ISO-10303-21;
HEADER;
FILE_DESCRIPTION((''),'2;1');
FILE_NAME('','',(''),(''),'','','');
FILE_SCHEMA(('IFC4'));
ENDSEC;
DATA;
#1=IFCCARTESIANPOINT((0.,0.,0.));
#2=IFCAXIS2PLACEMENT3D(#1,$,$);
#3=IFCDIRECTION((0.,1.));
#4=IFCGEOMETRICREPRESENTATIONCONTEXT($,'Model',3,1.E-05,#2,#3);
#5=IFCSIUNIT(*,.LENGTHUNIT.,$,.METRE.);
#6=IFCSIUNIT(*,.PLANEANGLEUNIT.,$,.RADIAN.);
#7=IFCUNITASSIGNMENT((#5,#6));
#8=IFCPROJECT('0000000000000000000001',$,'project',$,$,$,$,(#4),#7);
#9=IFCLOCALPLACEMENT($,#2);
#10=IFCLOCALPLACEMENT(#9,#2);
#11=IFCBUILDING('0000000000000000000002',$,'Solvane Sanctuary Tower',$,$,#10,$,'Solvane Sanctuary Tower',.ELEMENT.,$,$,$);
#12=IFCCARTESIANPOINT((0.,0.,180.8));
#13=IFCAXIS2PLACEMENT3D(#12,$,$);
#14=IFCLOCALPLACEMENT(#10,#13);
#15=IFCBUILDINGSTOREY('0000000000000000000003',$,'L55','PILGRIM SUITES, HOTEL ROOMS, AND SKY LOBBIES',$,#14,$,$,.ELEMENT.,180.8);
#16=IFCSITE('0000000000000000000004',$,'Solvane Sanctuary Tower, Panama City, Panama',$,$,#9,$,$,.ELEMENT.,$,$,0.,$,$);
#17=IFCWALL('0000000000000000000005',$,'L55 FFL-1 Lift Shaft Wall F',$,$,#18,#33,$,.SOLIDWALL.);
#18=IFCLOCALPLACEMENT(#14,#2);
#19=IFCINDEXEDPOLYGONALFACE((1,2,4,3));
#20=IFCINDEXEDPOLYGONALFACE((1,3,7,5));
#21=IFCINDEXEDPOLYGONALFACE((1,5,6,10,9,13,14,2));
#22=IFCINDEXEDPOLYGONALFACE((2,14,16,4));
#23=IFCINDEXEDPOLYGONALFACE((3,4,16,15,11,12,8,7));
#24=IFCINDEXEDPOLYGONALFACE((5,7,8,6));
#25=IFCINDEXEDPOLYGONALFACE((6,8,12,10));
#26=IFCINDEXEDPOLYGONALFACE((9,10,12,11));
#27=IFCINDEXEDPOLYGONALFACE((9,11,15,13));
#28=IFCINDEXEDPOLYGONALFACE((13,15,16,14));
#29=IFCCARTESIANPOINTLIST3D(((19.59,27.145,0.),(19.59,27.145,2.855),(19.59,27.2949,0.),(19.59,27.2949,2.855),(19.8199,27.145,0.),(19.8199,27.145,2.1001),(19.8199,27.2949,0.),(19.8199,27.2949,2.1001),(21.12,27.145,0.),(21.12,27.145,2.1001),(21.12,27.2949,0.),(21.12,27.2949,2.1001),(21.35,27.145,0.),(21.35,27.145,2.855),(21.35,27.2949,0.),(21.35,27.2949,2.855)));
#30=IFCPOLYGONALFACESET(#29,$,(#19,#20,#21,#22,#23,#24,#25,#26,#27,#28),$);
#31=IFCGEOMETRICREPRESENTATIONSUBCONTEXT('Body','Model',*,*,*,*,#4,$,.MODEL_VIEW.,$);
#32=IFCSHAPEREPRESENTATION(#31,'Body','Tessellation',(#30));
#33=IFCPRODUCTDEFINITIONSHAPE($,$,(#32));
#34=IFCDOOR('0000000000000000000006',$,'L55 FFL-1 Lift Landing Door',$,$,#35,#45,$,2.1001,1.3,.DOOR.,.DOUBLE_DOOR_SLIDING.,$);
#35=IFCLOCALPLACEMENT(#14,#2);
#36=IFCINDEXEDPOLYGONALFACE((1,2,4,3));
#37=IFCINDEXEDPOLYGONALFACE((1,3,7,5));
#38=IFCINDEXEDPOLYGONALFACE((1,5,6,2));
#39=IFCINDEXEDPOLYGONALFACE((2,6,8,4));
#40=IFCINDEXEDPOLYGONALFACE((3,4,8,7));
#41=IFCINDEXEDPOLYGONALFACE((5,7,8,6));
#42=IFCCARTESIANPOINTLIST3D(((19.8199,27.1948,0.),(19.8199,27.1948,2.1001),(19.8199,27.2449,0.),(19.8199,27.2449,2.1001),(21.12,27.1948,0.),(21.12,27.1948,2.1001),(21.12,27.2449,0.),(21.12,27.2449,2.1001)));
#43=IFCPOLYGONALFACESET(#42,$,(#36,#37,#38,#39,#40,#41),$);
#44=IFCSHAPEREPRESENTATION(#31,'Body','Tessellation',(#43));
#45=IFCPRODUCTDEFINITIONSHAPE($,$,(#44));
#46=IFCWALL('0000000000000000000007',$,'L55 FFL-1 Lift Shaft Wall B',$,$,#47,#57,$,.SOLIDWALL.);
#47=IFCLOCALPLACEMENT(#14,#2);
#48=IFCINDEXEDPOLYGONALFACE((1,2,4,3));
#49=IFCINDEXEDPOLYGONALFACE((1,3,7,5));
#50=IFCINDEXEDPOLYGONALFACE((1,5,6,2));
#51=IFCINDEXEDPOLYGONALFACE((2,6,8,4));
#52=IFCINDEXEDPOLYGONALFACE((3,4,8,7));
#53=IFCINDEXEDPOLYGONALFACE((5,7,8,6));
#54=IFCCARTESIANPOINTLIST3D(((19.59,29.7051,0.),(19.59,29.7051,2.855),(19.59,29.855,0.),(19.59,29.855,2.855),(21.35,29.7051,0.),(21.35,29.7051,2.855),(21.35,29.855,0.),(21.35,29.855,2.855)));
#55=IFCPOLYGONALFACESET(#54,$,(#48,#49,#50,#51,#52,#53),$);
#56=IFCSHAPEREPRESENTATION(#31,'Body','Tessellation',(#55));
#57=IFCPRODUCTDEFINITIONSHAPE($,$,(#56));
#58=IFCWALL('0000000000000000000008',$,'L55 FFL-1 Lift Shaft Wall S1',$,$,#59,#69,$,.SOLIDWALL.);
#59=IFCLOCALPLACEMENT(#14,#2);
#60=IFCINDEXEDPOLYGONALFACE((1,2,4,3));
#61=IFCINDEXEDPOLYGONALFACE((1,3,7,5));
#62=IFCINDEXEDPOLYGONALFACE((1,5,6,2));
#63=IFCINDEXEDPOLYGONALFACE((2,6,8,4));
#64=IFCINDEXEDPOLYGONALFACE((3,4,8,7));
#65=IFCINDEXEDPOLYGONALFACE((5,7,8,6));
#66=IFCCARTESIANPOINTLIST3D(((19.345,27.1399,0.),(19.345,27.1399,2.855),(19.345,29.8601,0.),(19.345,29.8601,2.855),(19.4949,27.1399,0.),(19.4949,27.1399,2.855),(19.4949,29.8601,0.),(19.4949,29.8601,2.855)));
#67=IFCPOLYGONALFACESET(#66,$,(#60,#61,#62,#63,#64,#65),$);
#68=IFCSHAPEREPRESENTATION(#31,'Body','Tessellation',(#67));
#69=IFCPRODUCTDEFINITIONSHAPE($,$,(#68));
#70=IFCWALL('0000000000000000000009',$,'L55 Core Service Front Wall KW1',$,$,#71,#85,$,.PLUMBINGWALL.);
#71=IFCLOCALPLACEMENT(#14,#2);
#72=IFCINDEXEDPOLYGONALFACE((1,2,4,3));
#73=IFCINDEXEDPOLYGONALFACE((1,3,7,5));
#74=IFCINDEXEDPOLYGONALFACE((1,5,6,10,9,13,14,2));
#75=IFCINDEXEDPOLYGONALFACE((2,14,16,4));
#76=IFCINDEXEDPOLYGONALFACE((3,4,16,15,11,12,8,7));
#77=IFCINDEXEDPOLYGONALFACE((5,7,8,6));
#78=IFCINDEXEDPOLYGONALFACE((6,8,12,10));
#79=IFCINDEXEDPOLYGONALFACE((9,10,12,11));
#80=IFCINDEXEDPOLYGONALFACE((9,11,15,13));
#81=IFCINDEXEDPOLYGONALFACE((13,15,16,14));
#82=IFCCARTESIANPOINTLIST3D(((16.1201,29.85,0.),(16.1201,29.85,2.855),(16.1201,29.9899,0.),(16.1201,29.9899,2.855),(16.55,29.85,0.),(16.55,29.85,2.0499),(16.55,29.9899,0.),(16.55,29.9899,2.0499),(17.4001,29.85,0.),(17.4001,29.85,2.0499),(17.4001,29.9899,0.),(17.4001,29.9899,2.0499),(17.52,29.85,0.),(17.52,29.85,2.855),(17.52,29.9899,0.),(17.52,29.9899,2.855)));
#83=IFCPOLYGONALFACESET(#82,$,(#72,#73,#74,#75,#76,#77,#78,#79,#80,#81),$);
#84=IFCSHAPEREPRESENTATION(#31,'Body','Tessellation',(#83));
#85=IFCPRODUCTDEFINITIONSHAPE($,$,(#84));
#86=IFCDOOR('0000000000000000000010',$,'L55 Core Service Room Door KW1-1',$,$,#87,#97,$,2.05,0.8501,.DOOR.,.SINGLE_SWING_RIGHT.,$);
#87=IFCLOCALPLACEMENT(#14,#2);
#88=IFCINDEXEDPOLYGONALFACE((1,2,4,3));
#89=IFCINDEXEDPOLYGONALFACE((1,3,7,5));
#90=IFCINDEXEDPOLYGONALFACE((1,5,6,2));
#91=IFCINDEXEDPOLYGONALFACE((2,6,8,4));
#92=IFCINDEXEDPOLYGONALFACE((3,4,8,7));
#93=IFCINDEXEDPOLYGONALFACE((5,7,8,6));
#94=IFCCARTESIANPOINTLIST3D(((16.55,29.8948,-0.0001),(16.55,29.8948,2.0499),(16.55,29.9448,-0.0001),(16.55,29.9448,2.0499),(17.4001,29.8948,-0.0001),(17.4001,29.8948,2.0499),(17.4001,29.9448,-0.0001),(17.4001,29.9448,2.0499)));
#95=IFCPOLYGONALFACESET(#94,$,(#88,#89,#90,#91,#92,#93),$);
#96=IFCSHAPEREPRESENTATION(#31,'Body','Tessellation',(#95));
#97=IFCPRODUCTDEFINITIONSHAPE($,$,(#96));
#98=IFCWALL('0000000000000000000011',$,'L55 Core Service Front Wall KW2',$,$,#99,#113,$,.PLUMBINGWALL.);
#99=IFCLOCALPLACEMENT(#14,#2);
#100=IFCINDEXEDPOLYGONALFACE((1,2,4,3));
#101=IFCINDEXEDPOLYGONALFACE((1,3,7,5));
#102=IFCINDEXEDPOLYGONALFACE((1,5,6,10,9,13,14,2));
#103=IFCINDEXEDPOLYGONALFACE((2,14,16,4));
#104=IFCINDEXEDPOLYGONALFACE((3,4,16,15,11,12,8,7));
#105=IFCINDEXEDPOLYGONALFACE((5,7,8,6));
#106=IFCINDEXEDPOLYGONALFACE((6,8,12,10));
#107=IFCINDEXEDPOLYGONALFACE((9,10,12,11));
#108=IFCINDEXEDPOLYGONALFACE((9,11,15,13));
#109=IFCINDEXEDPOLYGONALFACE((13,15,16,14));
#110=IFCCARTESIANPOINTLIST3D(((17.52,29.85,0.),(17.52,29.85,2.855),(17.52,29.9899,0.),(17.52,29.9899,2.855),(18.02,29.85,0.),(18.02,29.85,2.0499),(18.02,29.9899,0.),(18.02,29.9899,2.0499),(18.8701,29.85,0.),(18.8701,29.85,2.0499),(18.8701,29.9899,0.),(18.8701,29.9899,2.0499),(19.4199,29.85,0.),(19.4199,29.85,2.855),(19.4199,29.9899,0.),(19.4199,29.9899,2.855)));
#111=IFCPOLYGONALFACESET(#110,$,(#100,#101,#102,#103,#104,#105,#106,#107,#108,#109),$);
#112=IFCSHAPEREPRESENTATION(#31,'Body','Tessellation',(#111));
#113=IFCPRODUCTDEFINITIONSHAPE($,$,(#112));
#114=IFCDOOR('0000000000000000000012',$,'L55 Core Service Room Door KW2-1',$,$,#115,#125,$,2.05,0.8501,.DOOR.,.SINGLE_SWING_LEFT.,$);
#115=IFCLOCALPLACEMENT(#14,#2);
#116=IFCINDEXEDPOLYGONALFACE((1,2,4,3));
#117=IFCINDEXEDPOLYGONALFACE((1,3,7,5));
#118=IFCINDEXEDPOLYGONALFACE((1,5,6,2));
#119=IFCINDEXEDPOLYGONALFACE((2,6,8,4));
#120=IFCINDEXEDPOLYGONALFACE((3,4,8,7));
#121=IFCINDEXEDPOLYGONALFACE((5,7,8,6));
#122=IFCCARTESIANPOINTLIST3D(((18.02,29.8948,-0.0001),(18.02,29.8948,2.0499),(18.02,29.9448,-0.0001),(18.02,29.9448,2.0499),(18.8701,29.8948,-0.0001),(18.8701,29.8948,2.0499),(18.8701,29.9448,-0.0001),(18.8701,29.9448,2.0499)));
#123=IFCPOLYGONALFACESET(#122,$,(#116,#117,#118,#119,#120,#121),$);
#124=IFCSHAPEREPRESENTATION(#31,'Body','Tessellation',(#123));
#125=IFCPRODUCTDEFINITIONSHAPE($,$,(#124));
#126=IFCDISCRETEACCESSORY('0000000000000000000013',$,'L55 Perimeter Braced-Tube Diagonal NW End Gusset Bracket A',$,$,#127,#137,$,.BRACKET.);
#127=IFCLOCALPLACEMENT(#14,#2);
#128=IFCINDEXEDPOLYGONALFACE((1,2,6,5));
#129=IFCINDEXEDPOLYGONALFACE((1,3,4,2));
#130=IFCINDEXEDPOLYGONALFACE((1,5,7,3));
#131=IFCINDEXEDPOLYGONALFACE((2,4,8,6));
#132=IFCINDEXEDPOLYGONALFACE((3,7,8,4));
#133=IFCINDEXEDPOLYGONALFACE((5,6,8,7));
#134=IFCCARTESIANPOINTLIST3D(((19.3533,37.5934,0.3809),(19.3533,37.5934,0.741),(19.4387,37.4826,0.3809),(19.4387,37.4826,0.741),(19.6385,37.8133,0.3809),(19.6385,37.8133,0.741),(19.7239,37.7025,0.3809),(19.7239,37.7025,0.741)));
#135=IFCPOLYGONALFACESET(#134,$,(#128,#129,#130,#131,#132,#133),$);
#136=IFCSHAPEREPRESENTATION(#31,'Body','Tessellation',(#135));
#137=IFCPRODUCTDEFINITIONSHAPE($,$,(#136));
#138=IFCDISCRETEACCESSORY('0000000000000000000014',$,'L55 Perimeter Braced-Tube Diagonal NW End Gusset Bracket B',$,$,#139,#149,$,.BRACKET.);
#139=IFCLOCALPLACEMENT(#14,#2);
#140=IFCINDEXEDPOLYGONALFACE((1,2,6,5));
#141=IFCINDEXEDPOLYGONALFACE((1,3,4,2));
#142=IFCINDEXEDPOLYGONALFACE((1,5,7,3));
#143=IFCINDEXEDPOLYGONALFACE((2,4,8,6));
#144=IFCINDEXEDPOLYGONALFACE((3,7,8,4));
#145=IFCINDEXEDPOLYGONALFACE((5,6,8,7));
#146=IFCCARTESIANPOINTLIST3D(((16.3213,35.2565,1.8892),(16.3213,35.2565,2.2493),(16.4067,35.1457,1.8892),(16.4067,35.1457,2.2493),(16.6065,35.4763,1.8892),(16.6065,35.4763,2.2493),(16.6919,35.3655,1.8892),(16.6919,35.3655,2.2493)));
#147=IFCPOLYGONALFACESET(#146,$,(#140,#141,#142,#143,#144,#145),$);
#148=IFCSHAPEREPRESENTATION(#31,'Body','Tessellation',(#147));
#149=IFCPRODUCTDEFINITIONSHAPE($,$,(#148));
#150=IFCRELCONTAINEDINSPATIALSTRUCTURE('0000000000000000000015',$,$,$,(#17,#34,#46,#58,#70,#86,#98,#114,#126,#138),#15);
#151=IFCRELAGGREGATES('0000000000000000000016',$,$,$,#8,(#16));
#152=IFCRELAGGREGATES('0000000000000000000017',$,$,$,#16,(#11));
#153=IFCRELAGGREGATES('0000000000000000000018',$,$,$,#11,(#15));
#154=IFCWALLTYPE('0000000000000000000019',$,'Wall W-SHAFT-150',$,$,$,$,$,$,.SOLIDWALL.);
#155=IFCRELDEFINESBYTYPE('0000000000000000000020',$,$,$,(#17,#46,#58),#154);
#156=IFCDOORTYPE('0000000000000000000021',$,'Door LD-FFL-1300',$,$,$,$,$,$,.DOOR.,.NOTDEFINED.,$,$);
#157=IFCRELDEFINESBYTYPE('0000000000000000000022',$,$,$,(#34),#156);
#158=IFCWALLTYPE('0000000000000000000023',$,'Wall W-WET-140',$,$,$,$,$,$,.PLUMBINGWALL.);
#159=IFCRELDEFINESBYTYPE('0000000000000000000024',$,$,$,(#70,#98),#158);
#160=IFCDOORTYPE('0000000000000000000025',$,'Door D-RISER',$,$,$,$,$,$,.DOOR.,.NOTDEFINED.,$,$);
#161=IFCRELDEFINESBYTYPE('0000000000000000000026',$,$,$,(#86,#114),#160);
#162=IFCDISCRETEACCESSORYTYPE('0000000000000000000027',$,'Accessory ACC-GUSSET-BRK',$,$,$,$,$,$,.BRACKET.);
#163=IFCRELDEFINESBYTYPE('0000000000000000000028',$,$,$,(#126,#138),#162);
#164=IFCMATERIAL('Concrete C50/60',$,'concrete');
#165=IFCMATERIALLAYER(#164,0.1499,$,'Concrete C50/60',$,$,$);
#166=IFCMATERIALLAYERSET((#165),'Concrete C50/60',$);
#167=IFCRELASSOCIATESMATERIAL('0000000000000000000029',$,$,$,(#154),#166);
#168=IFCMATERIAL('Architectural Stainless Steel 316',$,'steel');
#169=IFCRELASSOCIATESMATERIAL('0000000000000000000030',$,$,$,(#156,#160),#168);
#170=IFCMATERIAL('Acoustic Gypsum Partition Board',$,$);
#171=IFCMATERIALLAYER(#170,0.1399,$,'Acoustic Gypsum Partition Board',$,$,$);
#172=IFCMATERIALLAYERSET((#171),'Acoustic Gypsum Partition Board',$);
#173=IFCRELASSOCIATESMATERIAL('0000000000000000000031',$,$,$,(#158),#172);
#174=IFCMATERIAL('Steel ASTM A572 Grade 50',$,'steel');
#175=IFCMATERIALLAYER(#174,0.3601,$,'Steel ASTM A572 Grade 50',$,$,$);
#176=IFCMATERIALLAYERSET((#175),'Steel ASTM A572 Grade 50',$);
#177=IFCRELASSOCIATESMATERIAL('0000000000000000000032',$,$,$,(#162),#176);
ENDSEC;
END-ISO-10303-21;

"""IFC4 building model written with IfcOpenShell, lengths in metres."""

from ifc_helpers import new_model, si_unit, direction, frame, frame_2d, origin, origin_2d, place, context, subcontext, project, spatial, rectangle, extrude, material, layer, layer_set, type_object, element, fill, save


model = new_model("IFC4")

# Units and contexts
model_context = context("Model", 3, precision=1e-05, world=origin(), true_north=direction((0.0, 1.0)))
body_context = subcontext(model_context, "Body", "Model", "MODEL_VIEW")
ifc_project = project(units=[si_unit("LENGTHUNIT", "METRE"), si_unit("PLANEANGLEUNIT", "RADIAN")], contexts=[model_context])

# Site, building, storey
site_placement = place(None, origin())
site = spatial("IfcSite", under=ifc_project, at=site_placement, Name="Solvane Sanctuary Tower, Panama City, Panama", CompositionType="ELEMENT", RefElevation=0.0)
building_placement = place(site_placement, origin())
building = spatial("IfcBuilding", under=site, at=building_placement, Name="Solvane Sanctuary Tower", LongName="Solvane Sanctuary Tower", CompositionType="ELEMENT")
storey_placement = place(building_placement, frame((0.0, 0.0, 180.8)))
storey = spatial("IfcBuildingStorey", under=building, at=storey_placement, Name="L55", Description="PILGRIM SUITES, HOTEL ROOMS, AND SKY LOBBIES", CompositionType="ELEMENT", Elevation=180.8)

# Shared definitions
ifc_material_1 = material(Name="Acoustic Gypsum Partition Board")

# Wall, opening, door
ifc_material_2 = material(Name="Concrete C50/60", Category="concrete")
ifc_layer_1 = layer(ifc_material_2, 0.1499, Name="Concrete C50/60")
ifc_layer_set_1 = layer_set([ifc_layer_1], Name="Concrete C50/60")
wall_type_1 = type_object("IfcWallType", Name="Wall W-SHAFT-150", PredefinedType="SOLIDWALL", material=ifc_layer_set_1)
wall_1_placement = place(storey_placement, frame((19.5901, 27.22, 0.0), z_axis=(0.0, 0.0, 1.0), x_axis=(1.0, 0.0, 0.0)))
wall_1 = element("IfcWall", 1, at=wall_1_placement, inside=storey, type_object=wall_type_1, Name="L55 FFL-1 Lift Shaft Wall F", PredefinedType="SOLIDWALL", context=body_context, shape_type="SweptSolid", body=[
    extrude(rectangle(XDim=1.76, YDim=0.1499, at=frame_2d((0.8799, 0.0))), origin(), (0.0, 0.0, 1.0), 2.855),
])
opening_1_placement = place(wall_1_placement, frame((0.23, 0.0, 0.0)))
opening_1 = element("IfcOpeningElement", 2, at=opening_1_placement, cuts=wall_1, PredefinedType="OPENING", context=body_context, shape_type="SweptSolid", body=[
    extrude(rectangle(XDim=1.3, YDim=2.1001, at=frame_2d((0.6499, 1.05))), frame((0.0, 0.085, 0.0), z_axis=(0.0, -1.0, 0.0), x_axis=(1.0, 0.0, 0.0)), (0.0, 0.0, 1.0), 0.1699),
])
ifc_material_3 = material(Name="Architectural Stainless Steel 316", Category="steel")
door_type_1 = type_object("IfcDoorType", Name="Door LD-FFL-1300", OperationType="NOTDEFINED", PredefinedType="DOOR", material=ifc_material_3)
door_1_placement = place(opening_1_placement, origin())
door_1 = element("IfcDoor", 3, at=door_1_placement, inside=storey, type_object=door_type_1, Name="L55 FFL-1 Lift Landing Door", OperationType="DOUBLE_DOOR_SLIDING", OverallHeight=2.1001, OverallWidth=1.3, PredefinedType="DOOR", context=body_context, shape_type="SweptSolid", body=[
    extrude(rectangle(XDim=1.3, YDim=2.1001, at=frame_2d((0.6499, 1.05))), frame((0.0, 0.0249, 0.0), z_axis=(0.0, -1.0, 0.0), x_axis=(1.0, 0.0, 0.0)), (0.0, 0.0, 1.0), 0.05),
])
fill(opening_1, door_1)

# Walls
wall_2_placement = place(storey_placement, frame((19.5901, 29.78, 0.0), z_axis=(0.0, 0.0, 1.0), x_axis=(1.0, 0.0, 0.0)))
element("IfcWall", 4, at=wall_2_placement, inside=storey, type_object=wall_type_1, Name="L55 FFL-1 Lift Shaft Wall B", PredefinedType="SOLIDWALL", context=body_context, shape_type="SweptSolid", body=[
    extrude(rectangle(XDim=1.76, YDim=0.1499, at=frame_2d((0.8799, 0.0))), origin(), (0.0, 0.0, 1.0), 2.855),
])
wall_3_placement = place(storey_placement, frame((19.4199, 27.1399, 0.0), z_axis=(0.0, 0.0, 1.0), x_axis=(0.0, 1.0, 0.0)))
element("IfcWall", 5, at=wall_3_placement, inside=storey, type_object=wall_type_1, Name="L55 FFL-1 Lift Shaft Wall S1", PredefinedType="SOLIDWALL", context=body_context, shape_type="SweptSolid", body=[
    extrude(rectangle(XDim=2.7202, YDim=0.1499, at=frame_2d((1.3601, 0.0))), origin(), (0.0, 0.0, 1.0), 2.855),
])

# Walls, openings, doors
ifc_layer_2 = layer(ifc_material_1, 0.1399, Name="Acoustic Gypsum Partition Board")
ifc_layer_set_2 = layer_set([ifc_layer_2], Name="Acoustic Gypsum Partition Board")
wall_type_2 = type_object("IfcWallType", Name="Wall W-WET-140", PredefinedType="PLUMBINGWALL", material=ifc_layer_set_2)
wall_4_placement = place(storey_placement, frame((16.1201, 29.9199, 0.0), z_axis=(0.0, 0.0, 1.0), x_axis=(1.0, 0.0, 0.0)))
wall_4 = element("IfcWall", 6, at=wall_4_placement, inside=storey, type_object=wall_type_2, Name="L55 Core Service Front Wall KW1", PredefinedType="PLUMBINGWALL", context=body_context, shape_type="SweptSolid", body=[
    extrude(rectangle(XDim=1.3999, YDim=0.1399, at=frame_2d((0.7, 0.0))), origin(), (0.0, 0.0, 1.0), 2.855),
])
opening_2_placement = place(wall_4_placement, frame((0.4299, 0.0, 0.0)))
opening_2 = element("IfcOpeningElement", 7, at=opening_2_placement, cuts=wall_4, PredefinedType="OPENING", context=body_context, shape_type="SweptSolid", body=[
    extrude(rectangle(XDim=0.8501, YDim=2.05, at=frame_2d((0.425, 1.0249))), frame((0.0, 0.0798, 0.0), z_axis=(0.0, -1.0, 0.0), x_axis=(1.0, 0.0, 0.0)), (0.0, 0.0, 1.0), 0.1599),
])
door_type_2 = type_object("IfcDoorType", Name="Door D-RISER", OperationType="NOTDEFINED", PredefinedType="DOOR", material=ifc_material_3)
door_2_placement = place(opening_2_placement, origin())
door_2 = element("IfcDoor", 8, at=door_2_placement, inside=storey, type_object=door_type_2, Name="L55 Core Service Room Door KW1-1", OperationType="SINGLE_SWING_RIGHT", OverallHeight=2.05, OverallWidth=0.8501, PredefinedType="DOOR", context=body_context, shape_type="SweptSolid", body=[
    extrude(rectangle(XDim=0.8501, YDim=2.05, at=frame_2d((0.425, 1.0249))), frame((0.0, 0.0249, 0.0), z_axis=(0.0, -1.0, 0.0), x_axis=(1.0, 0.0, 0.0)), (0.0, 0.0, 1.0), 0.05),
])
fill(opening_2, door_2)
wall_5_placement = place(storey_placement, frame((17.52, 29.9199, 0.0), z_axis=(0.0, 0.0, 1.0), x_axis=(1.0, 0.0, 0.0)))
wall_5 = element("IfcWall", 9, at=wall_5_placement, inside=storey, type_object=wall_type_2, Name="L55 Core Service Front Wall KW2", PredefinedType="PLUMBINGWALL", context=body_context, shape_type="SweptSolid", body=[
    extrude(rectangle(XDim=1.8999, YDim=0.1399, at=frame_2d((0.95, 0.0))), origin(), (0.0, 0.0, 1.0), 2.855),
])
opening_3_placement = place(wall_5_placement, frame((0.5, 0.0, 0.0)))
opening_3 = element("IfcOpeningElement", 10, at=opening_3_placement, cuts=wall_5, PredefinedType="OPENING", context=body_context, shape_type="SweptSolid", body=[
    extrude(rectangle(XDim=0.8501, YDim=2.05, at=frame_2d((0.425, 1.0249))), frame((0.0, 0.0798, 0.0), z_axis=(0.0, -1.0, 0.0), x_axis=(1.0, 0.0, 0.0)), (0.0, 0.0, 1.0), 0.1599),
])
door_3_placement = place(opening_3_placement, origin())
door_3 = element("IfcDoor", 11, at=door_3_placement, inside=storey, type_object=door_type_2, Name="L55 Core Service Room Door KW2-1", OperationType="SINGLE_SWING_LEFT", OverallHeight=2.05, OverallWidth=0.8501, PredefinedType="DOOR", context=body_context, shape_type="SweptSolid", body=[
    extrude(rectangle(XDim=0.8501, YDim=2.05, at=frame_2d((0.425, 1.0249))), frame((0.0, 0.0249, 0.0), z_axis=(0.0, -1.0, 0.0), x_axis=(1.0, 0.0, 0.0)), (0.0, 0.0, 1.0), 0.05),
])
fill(opening_3, door_3)

# Discrete accessories
ifc_material_4 = material(Name="Steel ASTM A572 Grade 50", Category="steel")
ifc_layer_3 = layer(ifc_material_4, 0.3601, Name="Steel ASTM A572 Grade 50")
ifc_layer_set_3 = layer_set([ifc_layer_3], Name="Steel ASTM A572 Grade 50")
discrete_accessory_type = type_object("IfcDiscreteAccessoryType", Name="Accessory ACC-GUSSET-BRK", PredefinedType="BRACKET", material=ifc_layer_set_3)
for number, where, z_axis, x_axis, name in (
    (12, (19.5386, 37.6479, 0.3809), (0.0, 0.0, 1.0), (-0.792077, -0.610422, 0.0), "L55 Perimeter Braced-Tube Diagonal NW End Gusset Bracket A"),
    (13, (16.5066, 35.311, 1.8892), (0.0, 0.0, 1.0), (-0.792077, -0.610422, 0.0), "L55 Perimeter Braced-Tube Diagonal NW End Gusset Bracket B"),
):
    element("IfcDiscreteAccessory", number, at=place(storey_placement, frame(where, z_axis=z_axis, x_axis=x_axis)), inside=storey, type_object=discrete_accessory_type, Name=name, PredefinedType="BRACKET", context=body_context, shape_type="SweptSolid", body=[
        extrude(rectangle(XDim=0.3601, YDim=0.1399, at=origin_2d()), origin(), (0.0, 0.0, 1.0), 0.3601),
    ])

save(model, "model.ifc")
